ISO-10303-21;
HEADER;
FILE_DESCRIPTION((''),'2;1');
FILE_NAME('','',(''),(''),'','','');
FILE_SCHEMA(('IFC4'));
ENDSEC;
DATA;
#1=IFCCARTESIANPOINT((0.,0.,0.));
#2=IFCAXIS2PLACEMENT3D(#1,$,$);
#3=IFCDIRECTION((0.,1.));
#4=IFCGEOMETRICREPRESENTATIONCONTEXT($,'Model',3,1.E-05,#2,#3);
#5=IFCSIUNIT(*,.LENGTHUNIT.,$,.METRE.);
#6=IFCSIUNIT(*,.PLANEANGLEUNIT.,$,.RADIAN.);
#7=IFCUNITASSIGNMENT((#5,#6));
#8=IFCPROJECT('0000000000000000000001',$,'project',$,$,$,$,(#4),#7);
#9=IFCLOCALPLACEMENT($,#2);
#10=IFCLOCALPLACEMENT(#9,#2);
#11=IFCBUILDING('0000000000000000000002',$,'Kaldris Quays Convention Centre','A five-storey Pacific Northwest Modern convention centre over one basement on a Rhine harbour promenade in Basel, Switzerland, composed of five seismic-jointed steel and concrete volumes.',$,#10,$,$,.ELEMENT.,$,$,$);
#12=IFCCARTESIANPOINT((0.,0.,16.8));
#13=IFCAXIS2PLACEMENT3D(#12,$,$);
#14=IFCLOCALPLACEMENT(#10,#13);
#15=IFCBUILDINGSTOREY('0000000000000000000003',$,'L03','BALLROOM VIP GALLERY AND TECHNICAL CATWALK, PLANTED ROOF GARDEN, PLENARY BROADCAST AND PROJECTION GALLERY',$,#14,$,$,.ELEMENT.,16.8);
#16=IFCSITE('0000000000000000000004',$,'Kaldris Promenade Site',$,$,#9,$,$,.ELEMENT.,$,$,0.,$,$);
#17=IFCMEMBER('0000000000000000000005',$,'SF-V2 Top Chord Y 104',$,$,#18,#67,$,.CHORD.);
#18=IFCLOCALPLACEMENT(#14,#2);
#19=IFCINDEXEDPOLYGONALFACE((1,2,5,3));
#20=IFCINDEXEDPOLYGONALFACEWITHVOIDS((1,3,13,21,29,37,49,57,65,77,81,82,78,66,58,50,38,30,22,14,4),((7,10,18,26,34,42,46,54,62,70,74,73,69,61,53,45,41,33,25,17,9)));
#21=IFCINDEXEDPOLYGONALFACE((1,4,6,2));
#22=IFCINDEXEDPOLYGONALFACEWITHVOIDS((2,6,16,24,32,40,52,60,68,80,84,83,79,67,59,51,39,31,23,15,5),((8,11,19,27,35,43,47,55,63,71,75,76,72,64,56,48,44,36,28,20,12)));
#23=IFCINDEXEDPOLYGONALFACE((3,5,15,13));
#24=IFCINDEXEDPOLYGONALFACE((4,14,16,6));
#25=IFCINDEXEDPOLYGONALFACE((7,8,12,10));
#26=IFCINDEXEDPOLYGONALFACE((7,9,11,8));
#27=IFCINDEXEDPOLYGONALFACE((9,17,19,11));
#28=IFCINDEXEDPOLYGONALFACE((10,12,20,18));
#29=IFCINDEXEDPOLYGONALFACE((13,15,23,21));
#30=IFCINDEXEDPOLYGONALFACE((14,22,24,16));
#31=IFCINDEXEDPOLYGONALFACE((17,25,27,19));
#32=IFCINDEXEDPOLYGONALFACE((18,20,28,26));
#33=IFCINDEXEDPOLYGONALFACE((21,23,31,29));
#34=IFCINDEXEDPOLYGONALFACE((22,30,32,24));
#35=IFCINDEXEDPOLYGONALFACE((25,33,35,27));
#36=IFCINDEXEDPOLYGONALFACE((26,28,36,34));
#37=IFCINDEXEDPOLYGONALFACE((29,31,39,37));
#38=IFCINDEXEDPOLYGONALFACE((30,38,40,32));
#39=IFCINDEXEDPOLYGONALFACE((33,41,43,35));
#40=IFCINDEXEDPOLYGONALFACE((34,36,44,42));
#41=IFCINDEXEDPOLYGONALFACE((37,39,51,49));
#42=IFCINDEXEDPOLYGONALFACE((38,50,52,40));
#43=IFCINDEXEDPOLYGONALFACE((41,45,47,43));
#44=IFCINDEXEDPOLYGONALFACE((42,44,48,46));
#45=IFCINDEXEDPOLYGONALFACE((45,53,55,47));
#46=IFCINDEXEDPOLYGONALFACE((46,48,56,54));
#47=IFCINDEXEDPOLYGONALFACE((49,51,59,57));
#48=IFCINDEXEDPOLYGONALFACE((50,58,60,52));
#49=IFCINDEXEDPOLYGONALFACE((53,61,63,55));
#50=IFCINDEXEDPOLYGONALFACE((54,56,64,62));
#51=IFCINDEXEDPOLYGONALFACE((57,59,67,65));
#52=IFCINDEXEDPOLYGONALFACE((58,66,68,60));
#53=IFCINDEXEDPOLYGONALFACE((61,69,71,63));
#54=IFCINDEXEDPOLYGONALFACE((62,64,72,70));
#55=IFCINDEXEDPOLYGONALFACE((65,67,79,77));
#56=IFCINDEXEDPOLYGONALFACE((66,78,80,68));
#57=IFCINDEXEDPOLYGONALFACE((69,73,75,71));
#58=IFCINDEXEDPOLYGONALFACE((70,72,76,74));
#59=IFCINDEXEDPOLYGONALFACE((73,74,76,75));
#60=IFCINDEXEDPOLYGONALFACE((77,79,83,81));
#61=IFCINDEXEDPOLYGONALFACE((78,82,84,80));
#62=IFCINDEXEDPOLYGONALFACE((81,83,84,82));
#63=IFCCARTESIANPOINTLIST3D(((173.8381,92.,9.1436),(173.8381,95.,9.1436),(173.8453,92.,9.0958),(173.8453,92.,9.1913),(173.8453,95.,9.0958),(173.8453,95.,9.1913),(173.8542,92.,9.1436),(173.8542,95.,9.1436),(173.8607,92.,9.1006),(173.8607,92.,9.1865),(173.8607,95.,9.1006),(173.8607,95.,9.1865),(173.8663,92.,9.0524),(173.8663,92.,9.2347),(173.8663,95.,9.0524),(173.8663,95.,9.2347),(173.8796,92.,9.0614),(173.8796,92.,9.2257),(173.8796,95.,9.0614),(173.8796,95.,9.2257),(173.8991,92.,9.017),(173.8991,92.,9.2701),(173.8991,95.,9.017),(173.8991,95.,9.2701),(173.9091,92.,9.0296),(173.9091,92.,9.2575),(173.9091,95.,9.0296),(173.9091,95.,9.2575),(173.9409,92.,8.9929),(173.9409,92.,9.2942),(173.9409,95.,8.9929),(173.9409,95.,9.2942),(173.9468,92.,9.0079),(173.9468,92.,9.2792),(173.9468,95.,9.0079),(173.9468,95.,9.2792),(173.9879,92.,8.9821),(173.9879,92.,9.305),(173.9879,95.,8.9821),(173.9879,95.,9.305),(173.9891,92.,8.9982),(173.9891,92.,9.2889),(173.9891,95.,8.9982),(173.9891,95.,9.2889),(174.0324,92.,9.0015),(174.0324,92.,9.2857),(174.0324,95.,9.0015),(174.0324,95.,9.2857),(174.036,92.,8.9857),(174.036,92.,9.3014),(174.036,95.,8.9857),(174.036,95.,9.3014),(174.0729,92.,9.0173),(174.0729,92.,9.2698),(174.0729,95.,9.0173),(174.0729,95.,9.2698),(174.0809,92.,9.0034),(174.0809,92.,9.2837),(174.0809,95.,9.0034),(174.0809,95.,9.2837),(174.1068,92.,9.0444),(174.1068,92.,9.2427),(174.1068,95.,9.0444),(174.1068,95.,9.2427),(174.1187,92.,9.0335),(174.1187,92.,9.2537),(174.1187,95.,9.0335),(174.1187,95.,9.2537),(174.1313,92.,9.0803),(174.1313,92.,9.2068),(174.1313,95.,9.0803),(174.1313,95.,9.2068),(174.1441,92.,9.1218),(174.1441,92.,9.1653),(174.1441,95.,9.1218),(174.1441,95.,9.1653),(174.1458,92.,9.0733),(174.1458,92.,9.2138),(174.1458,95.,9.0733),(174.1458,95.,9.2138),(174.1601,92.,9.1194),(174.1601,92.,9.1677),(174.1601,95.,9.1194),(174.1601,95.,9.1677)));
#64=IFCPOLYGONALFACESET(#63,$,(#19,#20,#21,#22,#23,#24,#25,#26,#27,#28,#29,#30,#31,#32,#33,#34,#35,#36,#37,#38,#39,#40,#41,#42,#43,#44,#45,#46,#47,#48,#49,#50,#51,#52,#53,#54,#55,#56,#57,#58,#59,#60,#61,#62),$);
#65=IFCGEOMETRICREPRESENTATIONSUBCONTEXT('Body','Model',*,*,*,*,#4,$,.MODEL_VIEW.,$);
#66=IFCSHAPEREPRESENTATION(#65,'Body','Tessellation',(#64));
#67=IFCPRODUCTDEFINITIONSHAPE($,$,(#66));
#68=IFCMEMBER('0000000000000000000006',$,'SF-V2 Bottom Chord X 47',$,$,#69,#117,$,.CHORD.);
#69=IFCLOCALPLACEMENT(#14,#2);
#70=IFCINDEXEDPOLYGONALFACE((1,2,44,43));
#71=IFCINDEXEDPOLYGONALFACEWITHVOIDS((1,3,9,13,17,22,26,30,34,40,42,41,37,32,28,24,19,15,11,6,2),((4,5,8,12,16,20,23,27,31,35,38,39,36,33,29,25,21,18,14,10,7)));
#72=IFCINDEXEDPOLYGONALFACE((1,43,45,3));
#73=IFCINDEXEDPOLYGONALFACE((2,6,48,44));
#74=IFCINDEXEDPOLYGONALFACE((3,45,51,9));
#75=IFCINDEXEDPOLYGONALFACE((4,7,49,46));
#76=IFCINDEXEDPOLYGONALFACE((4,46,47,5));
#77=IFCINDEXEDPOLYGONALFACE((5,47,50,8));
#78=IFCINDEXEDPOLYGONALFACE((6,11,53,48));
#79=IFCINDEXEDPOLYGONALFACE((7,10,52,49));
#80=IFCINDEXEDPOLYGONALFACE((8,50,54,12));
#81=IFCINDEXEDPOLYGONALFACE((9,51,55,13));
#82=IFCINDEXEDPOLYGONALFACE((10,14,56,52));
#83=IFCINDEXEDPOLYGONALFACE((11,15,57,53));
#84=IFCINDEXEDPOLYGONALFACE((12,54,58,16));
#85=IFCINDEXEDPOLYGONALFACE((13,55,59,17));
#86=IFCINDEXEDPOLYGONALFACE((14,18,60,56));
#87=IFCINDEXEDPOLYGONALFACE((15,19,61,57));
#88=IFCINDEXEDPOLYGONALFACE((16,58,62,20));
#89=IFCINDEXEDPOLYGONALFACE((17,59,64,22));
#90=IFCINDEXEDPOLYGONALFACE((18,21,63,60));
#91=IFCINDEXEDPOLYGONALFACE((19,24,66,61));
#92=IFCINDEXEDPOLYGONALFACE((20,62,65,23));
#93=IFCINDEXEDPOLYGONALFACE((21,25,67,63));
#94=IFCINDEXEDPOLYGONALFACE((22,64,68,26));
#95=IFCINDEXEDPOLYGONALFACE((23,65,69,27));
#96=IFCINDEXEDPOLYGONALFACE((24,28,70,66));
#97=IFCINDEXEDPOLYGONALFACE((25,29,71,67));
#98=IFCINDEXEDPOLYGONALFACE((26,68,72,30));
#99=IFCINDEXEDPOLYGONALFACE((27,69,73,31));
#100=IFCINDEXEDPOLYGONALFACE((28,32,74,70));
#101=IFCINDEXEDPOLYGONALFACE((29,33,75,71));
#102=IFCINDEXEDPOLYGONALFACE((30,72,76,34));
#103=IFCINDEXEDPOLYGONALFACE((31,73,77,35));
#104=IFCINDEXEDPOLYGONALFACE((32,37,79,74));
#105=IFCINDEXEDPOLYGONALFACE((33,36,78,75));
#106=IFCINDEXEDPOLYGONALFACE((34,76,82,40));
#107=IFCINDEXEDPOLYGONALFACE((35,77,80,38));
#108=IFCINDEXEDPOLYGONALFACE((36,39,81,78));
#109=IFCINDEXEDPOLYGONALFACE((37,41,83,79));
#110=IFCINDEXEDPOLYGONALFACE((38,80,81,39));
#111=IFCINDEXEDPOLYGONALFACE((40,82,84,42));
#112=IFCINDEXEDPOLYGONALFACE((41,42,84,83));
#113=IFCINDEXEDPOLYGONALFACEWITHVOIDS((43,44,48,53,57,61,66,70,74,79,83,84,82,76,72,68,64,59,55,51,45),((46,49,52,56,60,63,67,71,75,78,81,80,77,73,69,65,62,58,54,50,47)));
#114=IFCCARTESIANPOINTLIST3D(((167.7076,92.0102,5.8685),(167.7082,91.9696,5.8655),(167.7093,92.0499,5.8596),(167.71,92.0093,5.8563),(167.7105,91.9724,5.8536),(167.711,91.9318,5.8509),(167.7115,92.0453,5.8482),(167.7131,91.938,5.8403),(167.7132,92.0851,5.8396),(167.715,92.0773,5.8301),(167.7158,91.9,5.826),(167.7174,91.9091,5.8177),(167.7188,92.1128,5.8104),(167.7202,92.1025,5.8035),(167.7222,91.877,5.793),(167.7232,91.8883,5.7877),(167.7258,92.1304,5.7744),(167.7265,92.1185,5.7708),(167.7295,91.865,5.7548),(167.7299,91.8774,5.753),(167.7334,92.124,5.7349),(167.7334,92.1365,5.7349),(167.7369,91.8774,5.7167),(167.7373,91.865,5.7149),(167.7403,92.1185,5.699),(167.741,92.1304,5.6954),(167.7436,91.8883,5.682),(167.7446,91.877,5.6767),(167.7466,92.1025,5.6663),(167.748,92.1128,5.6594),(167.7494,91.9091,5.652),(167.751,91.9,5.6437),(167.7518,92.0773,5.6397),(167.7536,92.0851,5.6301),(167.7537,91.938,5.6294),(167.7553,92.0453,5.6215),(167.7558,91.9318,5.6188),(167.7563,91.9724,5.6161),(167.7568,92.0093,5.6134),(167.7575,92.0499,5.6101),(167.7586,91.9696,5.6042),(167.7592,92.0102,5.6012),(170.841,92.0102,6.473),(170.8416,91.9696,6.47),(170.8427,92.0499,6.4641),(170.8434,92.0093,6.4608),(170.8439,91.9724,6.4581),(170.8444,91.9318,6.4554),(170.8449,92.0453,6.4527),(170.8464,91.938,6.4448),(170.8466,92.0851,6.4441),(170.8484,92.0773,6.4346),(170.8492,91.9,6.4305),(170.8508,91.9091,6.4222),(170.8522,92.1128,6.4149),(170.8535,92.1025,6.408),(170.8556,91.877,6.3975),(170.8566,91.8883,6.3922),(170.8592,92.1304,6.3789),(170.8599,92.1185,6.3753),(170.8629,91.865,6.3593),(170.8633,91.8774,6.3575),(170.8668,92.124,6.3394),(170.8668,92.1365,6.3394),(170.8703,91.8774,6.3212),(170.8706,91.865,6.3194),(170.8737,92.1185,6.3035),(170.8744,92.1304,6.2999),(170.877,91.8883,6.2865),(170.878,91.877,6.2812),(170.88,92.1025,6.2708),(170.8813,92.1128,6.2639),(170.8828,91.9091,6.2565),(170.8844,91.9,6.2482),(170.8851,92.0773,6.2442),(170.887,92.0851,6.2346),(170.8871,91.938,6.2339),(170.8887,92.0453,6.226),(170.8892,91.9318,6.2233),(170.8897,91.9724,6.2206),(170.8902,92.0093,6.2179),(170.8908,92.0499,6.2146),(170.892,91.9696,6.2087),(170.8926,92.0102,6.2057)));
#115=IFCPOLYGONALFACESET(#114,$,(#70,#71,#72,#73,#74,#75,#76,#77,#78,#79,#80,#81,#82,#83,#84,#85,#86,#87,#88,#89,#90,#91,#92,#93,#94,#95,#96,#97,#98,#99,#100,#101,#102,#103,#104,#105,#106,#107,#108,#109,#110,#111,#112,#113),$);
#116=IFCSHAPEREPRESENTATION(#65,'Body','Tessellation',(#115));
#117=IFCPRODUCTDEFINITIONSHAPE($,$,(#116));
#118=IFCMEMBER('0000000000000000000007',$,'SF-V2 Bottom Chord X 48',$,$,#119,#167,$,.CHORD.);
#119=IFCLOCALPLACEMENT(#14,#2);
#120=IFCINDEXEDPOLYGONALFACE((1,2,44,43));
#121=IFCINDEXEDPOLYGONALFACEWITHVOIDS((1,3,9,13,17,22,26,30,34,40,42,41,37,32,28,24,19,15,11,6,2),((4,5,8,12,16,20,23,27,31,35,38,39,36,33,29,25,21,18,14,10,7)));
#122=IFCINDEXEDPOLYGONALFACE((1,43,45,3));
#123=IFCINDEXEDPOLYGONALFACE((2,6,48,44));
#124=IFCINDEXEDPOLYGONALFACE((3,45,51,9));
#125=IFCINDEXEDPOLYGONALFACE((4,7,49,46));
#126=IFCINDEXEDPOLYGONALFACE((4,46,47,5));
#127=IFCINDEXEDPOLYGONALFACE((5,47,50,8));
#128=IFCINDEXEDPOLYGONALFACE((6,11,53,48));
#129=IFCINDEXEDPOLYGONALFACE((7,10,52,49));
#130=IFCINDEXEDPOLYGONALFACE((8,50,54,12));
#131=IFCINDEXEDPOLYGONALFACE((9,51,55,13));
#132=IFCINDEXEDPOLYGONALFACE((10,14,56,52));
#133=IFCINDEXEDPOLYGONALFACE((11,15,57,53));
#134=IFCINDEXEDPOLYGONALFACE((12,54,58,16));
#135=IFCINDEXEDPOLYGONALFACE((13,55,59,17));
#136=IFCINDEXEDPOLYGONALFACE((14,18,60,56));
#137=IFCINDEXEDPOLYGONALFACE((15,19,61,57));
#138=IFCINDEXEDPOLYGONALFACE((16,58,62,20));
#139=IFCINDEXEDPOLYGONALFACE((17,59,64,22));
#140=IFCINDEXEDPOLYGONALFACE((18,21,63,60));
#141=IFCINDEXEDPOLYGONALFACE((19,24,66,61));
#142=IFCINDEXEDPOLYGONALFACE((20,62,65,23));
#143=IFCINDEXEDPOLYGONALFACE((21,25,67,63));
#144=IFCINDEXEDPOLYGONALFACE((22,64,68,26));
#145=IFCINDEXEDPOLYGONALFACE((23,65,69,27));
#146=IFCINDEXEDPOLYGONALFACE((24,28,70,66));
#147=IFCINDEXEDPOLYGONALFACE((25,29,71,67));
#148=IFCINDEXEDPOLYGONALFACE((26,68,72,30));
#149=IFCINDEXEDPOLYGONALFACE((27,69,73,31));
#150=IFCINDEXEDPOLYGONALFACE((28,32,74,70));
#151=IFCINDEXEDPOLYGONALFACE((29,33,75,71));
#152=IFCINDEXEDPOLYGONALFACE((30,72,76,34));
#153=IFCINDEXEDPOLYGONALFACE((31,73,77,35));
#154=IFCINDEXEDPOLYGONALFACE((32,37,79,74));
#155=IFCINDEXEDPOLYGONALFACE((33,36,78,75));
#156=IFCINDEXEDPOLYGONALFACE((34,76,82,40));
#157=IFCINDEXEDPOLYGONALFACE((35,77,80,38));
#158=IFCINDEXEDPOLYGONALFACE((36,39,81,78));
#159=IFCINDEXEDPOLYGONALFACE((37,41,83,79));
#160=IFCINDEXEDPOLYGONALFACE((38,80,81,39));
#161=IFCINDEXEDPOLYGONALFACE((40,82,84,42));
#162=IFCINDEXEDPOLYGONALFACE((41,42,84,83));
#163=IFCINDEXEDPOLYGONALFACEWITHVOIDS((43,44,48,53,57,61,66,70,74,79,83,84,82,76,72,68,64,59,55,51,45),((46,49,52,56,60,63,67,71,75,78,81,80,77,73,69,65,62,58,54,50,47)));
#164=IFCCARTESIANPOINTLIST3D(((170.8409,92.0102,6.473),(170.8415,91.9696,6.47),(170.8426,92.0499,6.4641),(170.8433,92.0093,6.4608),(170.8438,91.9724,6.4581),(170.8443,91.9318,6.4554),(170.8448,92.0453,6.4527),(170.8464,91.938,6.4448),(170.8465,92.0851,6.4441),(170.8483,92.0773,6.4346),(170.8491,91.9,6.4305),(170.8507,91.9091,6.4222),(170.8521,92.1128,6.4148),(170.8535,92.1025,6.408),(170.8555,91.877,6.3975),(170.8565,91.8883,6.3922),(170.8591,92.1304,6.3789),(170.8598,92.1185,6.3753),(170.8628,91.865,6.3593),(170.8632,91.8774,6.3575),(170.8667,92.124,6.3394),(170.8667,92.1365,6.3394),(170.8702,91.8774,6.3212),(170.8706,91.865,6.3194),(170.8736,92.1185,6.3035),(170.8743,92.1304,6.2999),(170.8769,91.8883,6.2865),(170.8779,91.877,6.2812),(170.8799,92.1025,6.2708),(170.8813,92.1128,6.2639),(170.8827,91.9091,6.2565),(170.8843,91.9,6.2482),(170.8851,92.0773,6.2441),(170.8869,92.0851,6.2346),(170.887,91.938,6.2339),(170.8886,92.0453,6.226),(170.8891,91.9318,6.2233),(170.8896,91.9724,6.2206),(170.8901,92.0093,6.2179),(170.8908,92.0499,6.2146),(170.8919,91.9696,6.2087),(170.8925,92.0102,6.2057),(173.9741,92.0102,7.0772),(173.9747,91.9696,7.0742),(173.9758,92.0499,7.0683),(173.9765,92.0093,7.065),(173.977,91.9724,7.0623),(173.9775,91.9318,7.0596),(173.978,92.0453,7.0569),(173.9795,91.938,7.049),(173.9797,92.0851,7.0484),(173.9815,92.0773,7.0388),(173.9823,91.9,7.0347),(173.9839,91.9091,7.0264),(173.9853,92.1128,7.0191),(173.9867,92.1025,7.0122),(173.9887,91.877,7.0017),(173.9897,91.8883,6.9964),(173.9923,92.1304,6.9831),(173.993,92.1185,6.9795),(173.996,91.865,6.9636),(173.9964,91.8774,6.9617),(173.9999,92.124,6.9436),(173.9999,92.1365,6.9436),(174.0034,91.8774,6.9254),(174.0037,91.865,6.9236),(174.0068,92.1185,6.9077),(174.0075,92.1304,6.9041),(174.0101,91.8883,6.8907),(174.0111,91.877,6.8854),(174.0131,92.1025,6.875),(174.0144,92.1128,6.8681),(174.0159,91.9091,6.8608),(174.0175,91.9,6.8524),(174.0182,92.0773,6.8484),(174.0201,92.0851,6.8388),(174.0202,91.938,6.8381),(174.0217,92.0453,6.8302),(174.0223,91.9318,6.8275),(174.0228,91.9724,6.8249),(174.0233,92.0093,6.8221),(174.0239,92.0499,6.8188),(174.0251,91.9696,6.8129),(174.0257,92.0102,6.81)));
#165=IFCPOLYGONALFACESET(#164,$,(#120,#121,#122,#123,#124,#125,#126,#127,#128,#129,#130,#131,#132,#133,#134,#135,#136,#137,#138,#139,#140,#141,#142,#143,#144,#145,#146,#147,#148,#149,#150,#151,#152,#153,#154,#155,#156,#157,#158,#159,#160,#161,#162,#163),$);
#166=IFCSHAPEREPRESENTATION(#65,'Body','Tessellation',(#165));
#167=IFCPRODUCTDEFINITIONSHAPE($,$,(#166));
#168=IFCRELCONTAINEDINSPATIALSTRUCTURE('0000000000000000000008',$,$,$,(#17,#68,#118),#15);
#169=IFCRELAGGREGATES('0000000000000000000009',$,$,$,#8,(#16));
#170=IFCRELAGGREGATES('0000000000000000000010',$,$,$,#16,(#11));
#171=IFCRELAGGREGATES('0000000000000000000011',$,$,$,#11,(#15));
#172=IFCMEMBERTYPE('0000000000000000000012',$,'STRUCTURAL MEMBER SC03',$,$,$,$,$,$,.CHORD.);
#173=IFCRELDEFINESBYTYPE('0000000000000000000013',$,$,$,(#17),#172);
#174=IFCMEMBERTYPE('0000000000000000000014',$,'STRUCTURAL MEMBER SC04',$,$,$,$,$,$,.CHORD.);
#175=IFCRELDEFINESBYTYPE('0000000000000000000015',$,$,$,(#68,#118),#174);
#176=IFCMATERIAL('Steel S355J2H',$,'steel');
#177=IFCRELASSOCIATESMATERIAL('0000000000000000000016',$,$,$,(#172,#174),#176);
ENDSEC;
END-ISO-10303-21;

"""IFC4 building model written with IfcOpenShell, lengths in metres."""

from ifc_helpers import new_model, si_unit, direction, frame, origin, origin_2d, place, context, subcontext, project, spatial, hollow_circle, extrude, material, material_profile, profile_set, type_object, element, save


model = new_model("IFC4")

# Units and contexts
model_context = context("Model", 3, precision=1e-05, world=origin(), true_north=direction((0.0, 1.0)))
body_context = subcontext(model_context, "Body", "Model", "MODEL_VIEW")
ifc_project = project(units=[si_unit("LENGTHUNIT", "METRE"), si_unit("PLANEANGLEUNIT", "RADIAN")], contexts=[model_context])

# Site, building, storey
site_placement = place(None, origin())
site = spatial("IfcSite", under=ifc_project, at=site_placement, Name="Kaldris Promenade Site", CompositionType="ELEMENT", RefElevation=0.0)
building_placement = place(site_placement, origin())
building = spatial("IfcBuilding", under=site, at=building_placement, Name="Kaldris Quays Convention Centre", Description="A five-storey Pacific Northwest Modern convention centre over one basement on a Rhine harbour promenade in Basel, Switzerland, composed of five seismic-jointed steel and concrete volumes.", CompositionType="ELEMENT")
storey_placement = place(building_placement, frame((0.0, 0.0, 16.8)))
storey = spatial("IfcBuildingStorey", under=building, at=storey_placement, Name="L03", Description="BALLROOM VIP GALLERY AND TECHNICAL CATWALK, PLANTED ROOF GARDEN, PLENARY BROADCAST AND PROJECTION GALLERY", CompositionType="ELEMENT", Elevation=16.8)

# Members
ifc_material_1 = material(Name="Steel S355J2H", Category="steel")
ifc_material_profile_1 = material_profile(ifc_material_1, hollow_circle(Radius=0.1619, WallThickness=0.0161, at=origin_2d()), Name="CHS 323.9x16")
ifc_profile_set_1 = profile_set([ifc_material_profile_1], Name="Steel S355J2H")
member_type_1 = type_object("IfcMemberType", Name="STRUCTURAL MEMBER SC03", PredefinedType="CHORD", material=ifc_profile_set_1)
for number, where, z_axis, x_axis, name in (
    (1, (174.0, 92.0, 9.1436), (0.0, 1.0, 0.0), (-1.0, 0.0, 0.0), "SF-V2 Top Chord Y 104"),
):
    element("IfcMember", number, at=place(storey_placement, frame(where, z_axis=z_axis, x_axis=x_axis)), inside=storey, type_object=member_type_1, Name=name, PredefinedType="CHORD", context=body_context, shape_type="SweptSolid", body=[
        extrude(hollow_circle(Radius=0.1619, WallThickness=0.0161, at=origin_2d()), origin(), (0.0, 0.0, 1.0), 3.0),
    ])
ifc_material_profile_2 = material_profile(ifc_material_1, hollow_circle(Radius=0.1365, WallThickness=0.0125, at=origin_2d()), Name="CHS 273x12.5")
ifc_profile_set_2 = profile_set([ifc_material_profile_2], Name="Steel S355J2H")
member_type_2 = type_object("IfcMemberType", Name="STRUCTURAL MEMBER SC04", PredefinedType="CHORD", material=ifc_profile_set_2)
member_1_placement = place(storey_placement, frame((167.7334, 92.0, 5.7349), z_axis=(0.981894, 0.0, 0.189432), x_axis=(0.0, 1.0, 0.0)))
element("IfcMember", 2, at=member_1_placement, inside=storey, type_object=member_type_2, Name="SF-V2 Bottom Chord X 47", PredefinedType="CHORD", context=body_context, shape_type="SweptSolid", body=[
    extrude(hollow_circle(Radius=0.1365, WallThickness=0.0125, at=origin_2d()), origin(), (0.0, 0.0, 1.0), 3.1912),
])
member_2_placement = place(storey_placement, frame((170.8667, 92.0, 6.3394), z_axis=(0.981908, 0.0, 0.189358), x_axis=(0.0, 1.0, 0.0)))
element("IfcMember", 3, at=member_2_placement, inside=storey, type_object=member_type_2, Name="SF-V2 Bottom Chord X 48", PredefinedType="CHORD", context=body_context, shape_type="SweptSolid", body=[
    extrude(hollow_circle(Radius=0.1365, WallThickness=0.0125, at=origin_2d()), origin(), (0.0, 0.0, 1.0), 3.1909),
])

save(model, "model.ifc")
